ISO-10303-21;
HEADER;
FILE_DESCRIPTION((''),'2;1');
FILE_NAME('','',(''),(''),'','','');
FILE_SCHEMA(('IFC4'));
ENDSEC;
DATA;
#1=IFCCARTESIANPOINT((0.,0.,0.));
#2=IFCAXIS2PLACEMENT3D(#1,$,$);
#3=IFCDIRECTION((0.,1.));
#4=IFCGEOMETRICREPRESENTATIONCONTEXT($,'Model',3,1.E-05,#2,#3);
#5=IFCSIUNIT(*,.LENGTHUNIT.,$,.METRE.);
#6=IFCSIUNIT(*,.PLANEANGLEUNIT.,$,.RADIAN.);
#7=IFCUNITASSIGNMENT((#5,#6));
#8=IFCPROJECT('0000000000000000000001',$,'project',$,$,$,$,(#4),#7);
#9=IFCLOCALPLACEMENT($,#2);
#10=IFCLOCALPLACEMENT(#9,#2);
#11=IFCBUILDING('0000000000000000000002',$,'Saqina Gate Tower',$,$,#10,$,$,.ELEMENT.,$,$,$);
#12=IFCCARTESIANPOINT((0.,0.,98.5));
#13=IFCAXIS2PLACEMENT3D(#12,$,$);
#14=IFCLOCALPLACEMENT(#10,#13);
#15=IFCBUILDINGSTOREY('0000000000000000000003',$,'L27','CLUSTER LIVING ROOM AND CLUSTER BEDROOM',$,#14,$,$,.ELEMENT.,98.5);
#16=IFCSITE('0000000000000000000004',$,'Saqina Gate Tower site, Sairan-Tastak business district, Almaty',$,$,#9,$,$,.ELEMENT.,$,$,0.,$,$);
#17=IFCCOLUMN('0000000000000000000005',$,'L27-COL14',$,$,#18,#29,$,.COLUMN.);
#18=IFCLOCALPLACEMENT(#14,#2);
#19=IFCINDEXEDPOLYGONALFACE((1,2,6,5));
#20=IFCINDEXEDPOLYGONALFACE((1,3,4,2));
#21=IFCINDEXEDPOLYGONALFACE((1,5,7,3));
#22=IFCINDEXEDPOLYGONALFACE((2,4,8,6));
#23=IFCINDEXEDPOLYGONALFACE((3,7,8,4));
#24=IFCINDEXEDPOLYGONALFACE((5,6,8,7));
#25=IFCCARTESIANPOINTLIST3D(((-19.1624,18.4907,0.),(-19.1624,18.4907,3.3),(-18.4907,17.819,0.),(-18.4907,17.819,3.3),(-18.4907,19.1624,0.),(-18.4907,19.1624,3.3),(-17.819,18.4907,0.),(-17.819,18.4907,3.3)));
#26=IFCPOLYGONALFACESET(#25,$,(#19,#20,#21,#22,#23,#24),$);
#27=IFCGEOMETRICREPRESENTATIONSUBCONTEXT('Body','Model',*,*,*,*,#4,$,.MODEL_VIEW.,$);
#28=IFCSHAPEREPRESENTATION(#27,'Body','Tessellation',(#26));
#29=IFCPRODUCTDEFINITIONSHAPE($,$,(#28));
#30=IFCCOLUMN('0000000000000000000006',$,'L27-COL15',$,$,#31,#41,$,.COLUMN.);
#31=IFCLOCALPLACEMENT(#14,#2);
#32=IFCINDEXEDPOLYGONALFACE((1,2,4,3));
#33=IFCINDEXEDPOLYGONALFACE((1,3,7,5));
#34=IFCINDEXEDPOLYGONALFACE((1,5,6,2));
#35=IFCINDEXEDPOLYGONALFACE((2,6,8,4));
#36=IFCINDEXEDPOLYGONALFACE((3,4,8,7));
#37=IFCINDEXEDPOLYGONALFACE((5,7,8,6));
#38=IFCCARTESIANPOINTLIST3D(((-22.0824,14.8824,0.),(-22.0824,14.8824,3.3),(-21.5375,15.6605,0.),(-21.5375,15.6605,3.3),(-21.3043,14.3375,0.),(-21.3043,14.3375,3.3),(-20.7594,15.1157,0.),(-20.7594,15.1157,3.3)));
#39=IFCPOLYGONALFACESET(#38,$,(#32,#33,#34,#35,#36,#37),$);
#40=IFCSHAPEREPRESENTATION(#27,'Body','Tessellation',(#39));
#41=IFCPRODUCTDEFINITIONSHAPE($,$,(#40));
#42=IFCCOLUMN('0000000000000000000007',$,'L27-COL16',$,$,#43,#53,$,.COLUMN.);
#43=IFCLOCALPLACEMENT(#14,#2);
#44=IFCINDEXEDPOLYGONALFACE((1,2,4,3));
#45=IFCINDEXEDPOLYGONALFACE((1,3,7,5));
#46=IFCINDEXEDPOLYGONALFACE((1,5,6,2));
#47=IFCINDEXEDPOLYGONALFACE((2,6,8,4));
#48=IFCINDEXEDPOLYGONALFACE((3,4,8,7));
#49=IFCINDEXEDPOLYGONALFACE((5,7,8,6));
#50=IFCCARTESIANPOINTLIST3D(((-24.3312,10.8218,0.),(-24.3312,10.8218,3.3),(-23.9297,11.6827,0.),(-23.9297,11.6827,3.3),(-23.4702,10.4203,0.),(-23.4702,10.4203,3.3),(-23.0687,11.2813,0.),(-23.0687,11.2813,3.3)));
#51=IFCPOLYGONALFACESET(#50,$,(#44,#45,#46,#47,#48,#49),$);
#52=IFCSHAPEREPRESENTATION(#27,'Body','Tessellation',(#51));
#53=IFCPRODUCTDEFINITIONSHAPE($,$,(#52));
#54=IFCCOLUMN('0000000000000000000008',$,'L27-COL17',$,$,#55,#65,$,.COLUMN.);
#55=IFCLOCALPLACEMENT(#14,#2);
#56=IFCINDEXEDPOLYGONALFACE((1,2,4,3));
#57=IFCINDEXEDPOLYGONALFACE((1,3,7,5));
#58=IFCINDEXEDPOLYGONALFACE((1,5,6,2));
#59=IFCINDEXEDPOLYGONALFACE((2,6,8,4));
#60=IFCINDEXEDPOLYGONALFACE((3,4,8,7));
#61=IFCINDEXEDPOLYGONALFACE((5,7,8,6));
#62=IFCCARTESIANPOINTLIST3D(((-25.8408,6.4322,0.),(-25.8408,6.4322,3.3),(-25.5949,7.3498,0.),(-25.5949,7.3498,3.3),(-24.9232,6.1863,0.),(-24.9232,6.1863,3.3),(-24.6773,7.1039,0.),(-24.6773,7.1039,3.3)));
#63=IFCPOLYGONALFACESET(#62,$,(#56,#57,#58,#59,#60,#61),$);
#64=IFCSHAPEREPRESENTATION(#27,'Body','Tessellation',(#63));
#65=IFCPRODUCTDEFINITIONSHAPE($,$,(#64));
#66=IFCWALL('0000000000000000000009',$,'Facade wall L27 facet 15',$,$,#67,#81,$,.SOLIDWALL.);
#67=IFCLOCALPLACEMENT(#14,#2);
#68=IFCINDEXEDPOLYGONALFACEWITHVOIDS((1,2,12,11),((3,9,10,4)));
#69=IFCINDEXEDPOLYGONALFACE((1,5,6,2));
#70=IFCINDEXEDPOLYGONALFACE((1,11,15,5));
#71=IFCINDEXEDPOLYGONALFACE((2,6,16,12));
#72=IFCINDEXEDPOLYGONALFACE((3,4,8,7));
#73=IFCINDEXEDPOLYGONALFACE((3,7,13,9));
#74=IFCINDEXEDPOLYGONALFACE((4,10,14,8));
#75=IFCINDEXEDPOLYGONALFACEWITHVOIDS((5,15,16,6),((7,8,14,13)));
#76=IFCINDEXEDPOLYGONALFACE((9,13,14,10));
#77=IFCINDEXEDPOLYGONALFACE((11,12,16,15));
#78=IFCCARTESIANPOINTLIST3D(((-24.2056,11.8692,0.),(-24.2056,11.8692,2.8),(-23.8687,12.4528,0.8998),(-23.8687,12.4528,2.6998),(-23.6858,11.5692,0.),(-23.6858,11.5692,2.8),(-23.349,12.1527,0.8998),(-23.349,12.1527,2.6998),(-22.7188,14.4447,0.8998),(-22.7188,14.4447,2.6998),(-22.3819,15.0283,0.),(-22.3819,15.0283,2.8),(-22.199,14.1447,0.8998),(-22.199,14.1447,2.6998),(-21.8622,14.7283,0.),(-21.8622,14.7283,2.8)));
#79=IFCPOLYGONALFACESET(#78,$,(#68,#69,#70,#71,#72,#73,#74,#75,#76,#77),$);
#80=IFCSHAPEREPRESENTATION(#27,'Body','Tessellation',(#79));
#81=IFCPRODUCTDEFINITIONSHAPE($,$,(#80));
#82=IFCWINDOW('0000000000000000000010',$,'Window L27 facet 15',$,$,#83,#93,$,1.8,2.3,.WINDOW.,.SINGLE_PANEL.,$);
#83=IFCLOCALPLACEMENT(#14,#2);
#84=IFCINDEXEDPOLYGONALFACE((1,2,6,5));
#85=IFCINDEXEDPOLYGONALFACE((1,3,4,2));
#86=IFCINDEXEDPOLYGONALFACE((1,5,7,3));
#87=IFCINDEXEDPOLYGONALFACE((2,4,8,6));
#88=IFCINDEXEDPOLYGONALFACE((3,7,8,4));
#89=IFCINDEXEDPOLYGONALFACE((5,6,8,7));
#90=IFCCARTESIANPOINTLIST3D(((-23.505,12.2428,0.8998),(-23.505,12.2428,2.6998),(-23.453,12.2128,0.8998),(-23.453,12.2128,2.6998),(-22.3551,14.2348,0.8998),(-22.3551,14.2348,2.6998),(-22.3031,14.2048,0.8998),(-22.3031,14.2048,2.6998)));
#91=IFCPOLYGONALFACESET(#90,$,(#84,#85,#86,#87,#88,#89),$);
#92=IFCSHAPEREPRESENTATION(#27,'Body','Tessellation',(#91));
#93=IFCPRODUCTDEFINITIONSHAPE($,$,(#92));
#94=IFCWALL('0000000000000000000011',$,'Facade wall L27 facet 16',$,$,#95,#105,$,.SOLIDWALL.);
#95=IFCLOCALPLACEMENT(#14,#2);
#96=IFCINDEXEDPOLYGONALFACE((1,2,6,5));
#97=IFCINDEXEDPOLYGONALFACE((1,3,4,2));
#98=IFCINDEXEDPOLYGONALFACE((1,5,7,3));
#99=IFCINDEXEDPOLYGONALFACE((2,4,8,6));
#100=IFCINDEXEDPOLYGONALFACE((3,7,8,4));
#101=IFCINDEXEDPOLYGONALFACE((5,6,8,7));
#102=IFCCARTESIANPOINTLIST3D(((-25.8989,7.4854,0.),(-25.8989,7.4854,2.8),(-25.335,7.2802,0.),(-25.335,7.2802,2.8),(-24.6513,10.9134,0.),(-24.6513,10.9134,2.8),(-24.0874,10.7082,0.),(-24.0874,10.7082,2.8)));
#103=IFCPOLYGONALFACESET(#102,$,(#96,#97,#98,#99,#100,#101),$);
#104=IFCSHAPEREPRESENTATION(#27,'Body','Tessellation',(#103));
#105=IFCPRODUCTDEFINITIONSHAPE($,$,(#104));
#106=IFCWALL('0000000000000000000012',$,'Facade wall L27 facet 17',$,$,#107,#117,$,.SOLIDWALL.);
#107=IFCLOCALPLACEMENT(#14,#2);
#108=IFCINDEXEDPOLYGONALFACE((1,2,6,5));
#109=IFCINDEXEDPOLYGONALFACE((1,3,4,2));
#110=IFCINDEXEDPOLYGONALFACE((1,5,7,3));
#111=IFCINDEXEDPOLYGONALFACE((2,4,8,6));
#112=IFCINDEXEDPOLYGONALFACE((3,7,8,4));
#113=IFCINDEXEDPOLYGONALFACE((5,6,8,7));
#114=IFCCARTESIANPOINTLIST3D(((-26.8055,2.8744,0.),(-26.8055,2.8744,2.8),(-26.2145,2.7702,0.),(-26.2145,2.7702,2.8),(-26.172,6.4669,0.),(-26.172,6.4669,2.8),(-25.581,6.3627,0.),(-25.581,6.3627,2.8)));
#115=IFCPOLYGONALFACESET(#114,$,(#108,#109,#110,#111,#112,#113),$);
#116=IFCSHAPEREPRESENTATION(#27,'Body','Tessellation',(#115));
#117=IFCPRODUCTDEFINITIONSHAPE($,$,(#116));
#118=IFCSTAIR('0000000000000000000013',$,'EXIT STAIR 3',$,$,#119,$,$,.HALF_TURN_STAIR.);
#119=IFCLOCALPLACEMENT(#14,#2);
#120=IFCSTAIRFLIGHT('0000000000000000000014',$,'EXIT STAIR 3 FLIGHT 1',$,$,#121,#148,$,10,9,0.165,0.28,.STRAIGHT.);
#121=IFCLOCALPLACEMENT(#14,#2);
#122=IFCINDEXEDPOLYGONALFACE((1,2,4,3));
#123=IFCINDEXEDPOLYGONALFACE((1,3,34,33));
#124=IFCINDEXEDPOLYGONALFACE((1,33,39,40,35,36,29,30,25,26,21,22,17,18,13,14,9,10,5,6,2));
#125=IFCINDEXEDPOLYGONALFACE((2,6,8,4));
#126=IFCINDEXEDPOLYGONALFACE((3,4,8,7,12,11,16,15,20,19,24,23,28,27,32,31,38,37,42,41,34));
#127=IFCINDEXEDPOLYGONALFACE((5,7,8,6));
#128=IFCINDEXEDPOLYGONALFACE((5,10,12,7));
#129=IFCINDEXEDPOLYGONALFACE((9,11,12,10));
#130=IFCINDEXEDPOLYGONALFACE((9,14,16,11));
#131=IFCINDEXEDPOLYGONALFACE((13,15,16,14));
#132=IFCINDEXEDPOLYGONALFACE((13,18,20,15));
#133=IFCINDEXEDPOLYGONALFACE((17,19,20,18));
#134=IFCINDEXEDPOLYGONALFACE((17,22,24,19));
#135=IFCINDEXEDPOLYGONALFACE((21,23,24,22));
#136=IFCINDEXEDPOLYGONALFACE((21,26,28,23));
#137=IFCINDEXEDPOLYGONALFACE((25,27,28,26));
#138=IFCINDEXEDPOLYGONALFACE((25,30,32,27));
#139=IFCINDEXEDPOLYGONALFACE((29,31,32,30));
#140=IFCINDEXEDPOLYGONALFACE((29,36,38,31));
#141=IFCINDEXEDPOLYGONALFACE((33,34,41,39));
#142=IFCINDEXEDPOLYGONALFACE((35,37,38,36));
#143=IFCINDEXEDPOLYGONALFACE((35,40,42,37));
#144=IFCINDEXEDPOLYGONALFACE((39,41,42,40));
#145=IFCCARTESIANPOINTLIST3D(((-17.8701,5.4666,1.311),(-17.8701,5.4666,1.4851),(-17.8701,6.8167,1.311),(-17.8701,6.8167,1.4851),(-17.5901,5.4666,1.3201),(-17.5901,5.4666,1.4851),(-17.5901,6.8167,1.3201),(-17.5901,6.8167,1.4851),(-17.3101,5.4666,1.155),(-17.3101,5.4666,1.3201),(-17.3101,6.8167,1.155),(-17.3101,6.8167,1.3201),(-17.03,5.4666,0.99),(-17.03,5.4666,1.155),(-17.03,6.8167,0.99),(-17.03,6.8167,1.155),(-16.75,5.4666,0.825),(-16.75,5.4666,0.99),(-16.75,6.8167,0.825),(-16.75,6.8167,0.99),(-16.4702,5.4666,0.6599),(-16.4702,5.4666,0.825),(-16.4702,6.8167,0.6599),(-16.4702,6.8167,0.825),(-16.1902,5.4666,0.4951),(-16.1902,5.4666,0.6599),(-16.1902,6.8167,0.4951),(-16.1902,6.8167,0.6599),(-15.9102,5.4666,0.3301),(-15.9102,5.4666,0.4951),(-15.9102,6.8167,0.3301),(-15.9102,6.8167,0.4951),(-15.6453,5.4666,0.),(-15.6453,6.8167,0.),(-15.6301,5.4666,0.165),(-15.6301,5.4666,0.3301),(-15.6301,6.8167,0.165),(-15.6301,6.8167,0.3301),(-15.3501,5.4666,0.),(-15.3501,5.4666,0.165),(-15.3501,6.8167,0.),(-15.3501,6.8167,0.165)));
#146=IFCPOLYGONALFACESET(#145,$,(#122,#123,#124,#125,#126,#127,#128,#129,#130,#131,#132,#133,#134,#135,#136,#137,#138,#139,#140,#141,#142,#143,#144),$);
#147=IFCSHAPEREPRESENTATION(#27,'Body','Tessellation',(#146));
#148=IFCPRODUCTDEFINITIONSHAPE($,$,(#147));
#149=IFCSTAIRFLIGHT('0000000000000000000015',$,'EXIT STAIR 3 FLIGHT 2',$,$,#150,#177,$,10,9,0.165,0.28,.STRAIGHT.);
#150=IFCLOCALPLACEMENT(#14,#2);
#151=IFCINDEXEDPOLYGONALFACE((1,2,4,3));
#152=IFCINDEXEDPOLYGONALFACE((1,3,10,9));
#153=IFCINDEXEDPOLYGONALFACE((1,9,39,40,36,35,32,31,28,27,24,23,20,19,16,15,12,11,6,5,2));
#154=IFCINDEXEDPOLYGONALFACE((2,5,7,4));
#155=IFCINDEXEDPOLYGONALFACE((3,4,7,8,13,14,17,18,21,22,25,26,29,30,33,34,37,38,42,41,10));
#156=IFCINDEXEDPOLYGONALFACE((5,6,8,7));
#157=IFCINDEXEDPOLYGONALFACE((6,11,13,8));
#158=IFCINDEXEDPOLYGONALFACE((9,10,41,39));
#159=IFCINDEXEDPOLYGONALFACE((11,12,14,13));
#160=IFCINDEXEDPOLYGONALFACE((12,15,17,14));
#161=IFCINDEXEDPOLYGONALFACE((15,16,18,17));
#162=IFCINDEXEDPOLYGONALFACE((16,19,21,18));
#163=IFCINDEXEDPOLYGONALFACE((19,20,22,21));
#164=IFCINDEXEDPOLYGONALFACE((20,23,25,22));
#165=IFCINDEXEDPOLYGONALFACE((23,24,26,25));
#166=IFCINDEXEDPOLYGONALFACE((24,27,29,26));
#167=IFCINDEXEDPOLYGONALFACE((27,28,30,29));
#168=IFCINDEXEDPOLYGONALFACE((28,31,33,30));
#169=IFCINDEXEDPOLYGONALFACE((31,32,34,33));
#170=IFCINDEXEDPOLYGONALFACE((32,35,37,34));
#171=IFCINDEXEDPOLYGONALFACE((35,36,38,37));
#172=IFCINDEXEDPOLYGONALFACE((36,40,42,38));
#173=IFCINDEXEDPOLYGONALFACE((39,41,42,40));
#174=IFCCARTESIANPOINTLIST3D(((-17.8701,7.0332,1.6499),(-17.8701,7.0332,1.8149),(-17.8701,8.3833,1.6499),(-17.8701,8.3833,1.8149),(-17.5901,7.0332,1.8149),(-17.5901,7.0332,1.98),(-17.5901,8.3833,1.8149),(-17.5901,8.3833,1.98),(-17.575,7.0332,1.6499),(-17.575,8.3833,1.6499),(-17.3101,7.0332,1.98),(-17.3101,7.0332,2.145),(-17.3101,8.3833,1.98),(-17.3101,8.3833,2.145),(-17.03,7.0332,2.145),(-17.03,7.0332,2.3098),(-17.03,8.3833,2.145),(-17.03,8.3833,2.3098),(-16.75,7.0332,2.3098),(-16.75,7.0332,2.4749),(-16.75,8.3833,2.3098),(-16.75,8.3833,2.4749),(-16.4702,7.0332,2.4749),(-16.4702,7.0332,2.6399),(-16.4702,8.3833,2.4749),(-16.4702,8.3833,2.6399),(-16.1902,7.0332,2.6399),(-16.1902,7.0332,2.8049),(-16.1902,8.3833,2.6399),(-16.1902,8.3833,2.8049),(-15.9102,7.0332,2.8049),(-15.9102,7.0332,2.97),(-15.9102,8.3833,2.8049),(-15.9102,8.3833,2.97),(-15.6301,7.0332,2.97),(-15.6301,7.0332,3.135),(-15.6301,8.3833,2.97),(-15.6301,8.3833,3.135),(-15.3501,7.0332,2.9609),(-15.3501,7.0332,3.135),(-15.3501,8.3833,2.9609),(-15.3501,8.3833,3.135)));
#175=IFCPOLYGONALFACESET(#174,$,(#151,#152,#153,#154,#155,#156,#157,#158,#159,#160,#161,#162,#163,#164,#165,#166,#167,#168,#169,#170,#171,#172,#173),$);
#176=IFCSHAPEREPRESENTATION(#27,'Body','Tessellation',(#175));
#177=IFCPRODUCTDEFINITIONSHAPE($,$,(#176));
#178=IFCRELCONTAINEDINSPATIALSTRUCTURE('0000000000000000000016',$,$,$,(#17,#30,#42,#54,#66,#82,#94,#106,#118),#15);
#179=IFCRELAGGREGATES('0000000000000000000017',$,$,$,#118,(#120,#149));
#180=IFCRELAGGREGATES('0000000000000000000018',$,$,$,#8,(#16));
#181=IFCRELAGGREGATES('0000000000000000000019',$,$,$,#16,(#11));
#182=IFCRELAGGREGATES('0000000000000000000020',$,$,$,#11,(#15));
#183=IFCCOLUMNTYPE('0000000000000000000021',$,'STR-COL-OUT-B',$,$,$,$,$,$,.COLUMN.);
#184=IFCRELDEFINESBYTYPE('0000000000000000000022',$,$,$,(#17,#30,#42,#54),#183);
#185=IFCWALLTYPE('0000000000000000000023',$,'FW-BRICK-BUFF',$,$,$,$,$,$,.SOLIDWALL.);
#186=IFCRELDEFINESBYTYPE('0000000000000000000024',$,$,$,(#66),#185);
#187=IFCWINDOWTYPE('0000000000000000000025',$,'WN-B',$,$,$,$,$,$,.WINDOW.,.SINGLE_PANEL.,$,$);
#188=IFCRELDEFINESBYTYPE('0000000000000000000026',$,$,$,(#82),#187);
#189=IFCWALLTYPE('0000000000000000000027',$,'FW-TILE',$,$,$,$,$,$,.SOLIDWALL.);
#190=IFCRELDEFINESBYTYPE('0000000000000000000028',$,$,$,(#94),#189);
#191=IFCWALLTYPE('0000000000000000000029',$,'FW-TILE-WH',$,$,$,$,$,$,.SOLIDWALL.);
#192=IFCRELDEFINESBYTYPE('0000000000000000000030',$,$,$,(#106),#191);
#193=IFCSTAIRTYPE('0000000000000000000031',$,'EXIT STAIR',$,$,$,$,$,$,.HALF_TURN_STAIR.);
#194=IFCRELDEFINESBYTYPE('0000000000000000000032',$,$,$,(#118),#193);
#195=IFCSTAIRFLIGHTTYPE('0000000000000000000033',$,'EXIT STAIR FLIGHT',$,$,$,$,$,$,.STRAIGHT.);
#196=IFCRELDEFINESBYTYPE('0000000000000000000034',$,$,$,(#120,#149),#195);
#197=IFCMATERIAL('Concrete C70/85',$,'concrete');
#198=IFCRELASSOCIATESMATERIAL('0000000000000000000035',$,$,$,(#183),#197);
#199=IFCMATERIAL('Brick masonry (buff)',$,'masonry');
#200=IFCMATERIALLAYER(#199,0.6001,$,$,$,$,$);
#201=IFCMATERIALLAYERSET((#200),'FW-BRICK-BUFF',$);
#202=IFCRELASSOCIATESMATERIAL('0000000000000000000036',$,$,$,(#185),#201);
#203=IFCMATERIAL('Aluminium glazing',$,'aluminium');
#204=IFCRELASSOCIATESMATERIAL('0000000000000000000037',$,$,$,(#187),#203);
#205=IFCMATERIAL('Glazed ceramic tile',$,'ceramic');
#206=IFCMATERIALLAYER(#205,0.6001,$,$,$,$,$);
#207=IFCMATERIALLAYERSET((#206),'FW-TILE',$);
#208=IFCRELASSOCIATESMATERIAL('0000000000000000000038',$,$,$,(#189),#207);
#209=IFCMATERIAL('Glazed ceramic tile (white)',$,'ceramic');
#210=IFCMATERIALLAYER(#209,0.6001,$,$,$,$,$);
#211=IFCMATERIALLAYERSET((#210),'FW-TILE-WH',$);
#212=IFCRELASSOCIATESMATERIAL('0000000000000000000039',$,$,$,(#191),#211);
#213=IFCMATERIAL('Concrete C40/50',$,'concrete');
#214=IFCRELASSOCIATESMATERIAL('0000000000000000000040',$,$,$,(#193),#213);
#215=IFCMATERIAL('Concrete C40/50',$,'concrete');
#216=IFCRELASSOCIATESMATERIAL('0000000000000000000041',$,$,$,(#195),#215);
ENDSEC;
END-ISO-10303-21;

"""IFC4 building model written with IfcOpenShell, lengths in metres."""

from ifc_helpers import new_model, si_unit, direction, frame, frame_2d, origin, origin_2d, place, context, subcontext, project, spatial, polyline, rectangle, outline, extrude, material, layer, layer_set, material_profile, profile_set, type_object, element, fill, aggregate, save


model = new_model("IFC4")

# Units and contexts
model_context = context("Model", 3, precision=1e-05, world=origin(), true_north=direction((0.0, 1.0)))
body_context = subcontext(model_context, "Body", "Model", "MODEL_VIEW")
ifc_project = project(units=[si_unit("LENGTHUNIT", "METRE"), si_unit("PLANEANGLEUNIT", "RADIAN")], contexts=[model_context])

# Site, building, storey
site_placement = place(None, origin())
site = spatial("IfcSite", under=ifc_project, at=site_placement, Name="Saqina Gate Tower site, Sairan-Tastak business district, Almaty", CompositionType="ELEMENT", RefElevation=0.0)
building_placement = place(site_placement, origin())
building = spatial("IfcBuilding", under=site, at=building_placement, Name="Saqina Gate Tower", CompositionType="ELEMENT")
storey_placement = place(building_placement, frame((0.0, 0.0, 98.5)))
storey = spatial("IfcBuildingStorey", under=building, at=storey_placement, Name="L27", Description="CLUSTER LIVING ROOM AND CLUSTER BEDROOM", CompositionType="ELEMENT", Elevation=98.5)

# Columns
ifc_material_1 = material(Name="Concrete C70/85", Category="concrete")
ifc_material_profile = material_profile(ifc_material_1, rectangle(XDim=0.95, YDim=0.95, at=origin_2d()), Name="RC 950x950")
ifc_profile_set = profile_set([ifc_material_profile], Name="Concrete C70/85")
column_type = type_object("IfcColumnType", Name="STR-COL-OUT-B", PredefinedType="COLUMN", material=ifc_profile_set)
for number, where, z_axis, x_axis, name in (
    (1, (-18.4907, 18.4907, 0.0), (0.0, 0.0, 1.0), (-0.707107, 0.707107, 0.0), "L27-COL14"),
    (2, (-21.4209, 14.999, 0.0), (0.0, 0.0, 1.0), (-0.819152, 0.573576, 0.0), "L27-COL15"),
    (3, (-23.7, 11.0515, 0.0), (0.0, 0.0, 1.0), (-0.906308, 0.422618, 0.0), "L27-COL16"),
    (4, (-25.259, 6.7681, 0.0), (0.0, 0.0, 1.0), (-0.965926, 0.258819, 0.0), "L27-COL17"),
):
    element("IfcColumn", number, at=place(storey_placement, frame(where, z_axis=z_axis, x_axis=x_axis)), inside=storey, type_object=column_type, Name=name, PredefinedType="COLUMN", context=body_context, shape_type="SweptSolid", body=[
        extrude(rectangle(XDim=0.95, YDim=0.95, at=origin_2d()), origin(), (0.0, 0.0, 1.0), 3.3),
    ])

# Wall, opening, window
ifc_material_2 = material(Name="Brick masonry (buff)", Category="masonry")
ifc_layer_1 = layer(ifc_material_2, 0.6001)
ifc_layer_set_1 = layer_set([ifc_layer_1], Name="FW-BRICK-BUFF")
wall_type_1 = type_object("IfcWallType", Name="FW-BRICK-BUFF", PredefinedType="SOLIDWALL", material=ifc_layer_set_1)
wall_1_placement = place(storey_placement, frame((-22.1221, 14.8782, 0.0), z_axis=(0.0, 0.0, 1.0), x_axis=(-0.499954, -0.866052, 0.0)))
wall_1 = element("IfcWall", 5, at=wall_1_placement, inside=storey, type_object=wall_type_1, Name="Facade wall L27 facet 15", PredefinedType="SOLIDWALL", context=body_context, shape_type="SweptSolid", body=[
    extrude(rectangle(XDim=3.6477, YDim=0.6001, at=frame_2d((1.8237, 0.0))), origin(), (0.0, 0.0, 1.0), 2.8),
])
opening_placement = place(wall_1_placement, frame((0.6738, 0.0, 0.8999)))
opening = element("IfcOpeningElement", 6, at=opening_placement, cuts=wall_1, PredefinedType="OPENING", context=body_context, shape_type="SweptSolid", body=[
    extrude(rectangle(XDim=2.3, YDim=1.8, at=frame_2d((1.1499, 0.8999))), frame((0.0, 0.312, 0.0), z_axis=(0.0, -1.0, 0.0), x_axis=(1.0, 0.0, 0.0)), (0.0, 0.0, 1.0), 0.624),
])
ifc_material_3 = material(Name="Aluminium glazing", Category="aluminium")
window_type = type_object("IfcWindowType", Name="WN-B", PartitioningType="SINGLE_PANEL", PredefinedType="WINDOW", material=ifc_material_3)
window_placement = place(opening_placement, origin())
window = element("IfcWindow", 7, at=window_placement, inside=storey, type_object=window_type, Name="Window L27 facet 15", OverallHeight=1.8, OverallWidth=2.3, PartitioningType="SINGLE_PANEL", PredefinedType="WINDOW", context=body_context, shape_type="SweptSolid", body=[
    extrude(rectangle(XDim=2.3, YDim=1.8, at=frame_2d((1.1499, 0.8999))), frame((0.0, 0.1799, 0.0), z_axis=(0.0, -1.0, 0.0), x_axis=(1.0, 0.0, 0.0)), (0.0, 0.0, 1.0), 0.0601),
])
fill(opening, window)

# Walls
ifc_material_4 = material(Name="Glazed ceramic tile", Category="ceramic")
ifc_layer_2 = layer(ifc_material_4, 0.6001)
ifc_layer_set_2 = layer_set([ifc_layer_2], Name="FW-TILE")
wall_type_2 = type_object("IfcWallType", Name="FW-TILE", PredefinedType="SOLIDWALL", material=ifc_layer_set_2)
wall_2_placement = place(storey_placement, frame((-24.3694, 10.8108, 0.0), z_axis=(0.0, 0.0, 1.0), x_axis=(-0.34199, -0.939704, 0.0)))
element("IfcWall", 8, at=wall_2_placement, inside=storey, type_object=wall_type_2, Name="Facade wall L27 facet 16", PredefinedType="SOLIDWALL", context=body_context, shape_type="SweptSolid", body=[
    extrude(rectangle(XDim=3.6479, YDim=0.6001, at=frame_2d((1.824, 0.0))), origin(), (0.0, 0.0, 1.0), 2.8),
])
ifc_material_5 = material(Name="Glazed ceramic tile (white)", Category="ceramic")
ifc_layer_3 = layer(ifc_material_5, 0.6001)
ifc_layer_set_3 = layer_set([ifc_layer_3], Name="FW-TILE-WH")
wall_type_3 = type_object("IfcWallType", Name="FW-TILE-WH", PredefinedType="SOLIDWALL", material=ifc_layer_set_3)
wall_3_placement = place(storey_placement, frame((-25.8765, 6.4148, 0.0), z_axis=(0.0, 0.0, 1.0), x_axis=(-0.173671, -0.984804, 0.0)))
element("IfcWall", 9, at=wall_3_placement, inside=storey, type_object=wall_type_3, Name="Facade wall L27 facet 17", PredefinedType="SOLIDWALL", context=body_context, shape_type="SweptSolid", body=[
    extrude(rectangle(XDim=3.6479, YDim=0.6001, at=frame_2d((1.824, 0.0))), origin(), (0.0, 0.0, 1.0), 2.8),
])

# Stair, stair flights
ifc_material_6 = material(Name="Concrete C40/50", Category="concrete")
stair_type = type_object("IfcStairType", Name="EXIT STAIR", PredefinedType="HALF_TURN_STAIR", material=ifc_material_6)
stair_placement = place(storey_placement, origin())
stair = element("IfcStair", 10, at=stair_placement, inside=storey, type_object=stair_type, Name="EXIT STAIR 3", PredefinedType="HALF_TURN_STAIR")
ifc_material_7 = material(Name="Concrete C40/50", Category="concrete")
stair_flight_type = type_object("IfcStairFlightType", Name="EXIT STAIR FLIGHT", PredefinedType="STRAIGHT", material=ifc_material_7)
stair_flight_1_placement = place(storey_placement, frame((-15.3501, 6.1416, 0.0), z_axis=(0.0, 0.0, 1.0), x_axis=(-1.0, 0.0, 0.0)))
stair_flight_1 = element("IfcStairFlight", 11, at=stair_flight_1_placement, type_object=stair_flight_type, Name="EXIT STAIR 3 FLIGHT 1", NumberOfRisers=10, NumberOfTreads=9, PredefinedType="STRAIGHT", RiserHeight=0.165, TreadLength=0.28, context=body_context, shape_type="SweptSolid", body=[
    extrude(outline(polyline([(0.0, 0.0), (0.0, 0.165), (0.28, 0.165), (0.28, 0.3301), (0.5601, 0.3301), (0.5601, 0.4951), (0.8401, 0.4951), (0.8401, 0.6599), (1.1201, 0.6599), (1.1201, 0.825), (1.3999, 0.825), (1.3999, 0.99), (1.6799, 0.99), (1.6799, 1.155), (1.96, 1.155), (1.96, 1.3201), (2.24, 1.3201), (2.24, 1.4851), (2.52, 1.4851), (2.52, 1.6499), (2.52, 1.311), (0.2952, 0.0), (0.0, 0.0)])), frame((0.0, 0.675, 0.0), z_axis=(0.0, -1.0, 0.0), x_axis=(1.0, 0.0, 0.0)), (0.0, 0.0, 1.0), 1.3501),
])
stair_flight_2_placement = place(storey_placement, frame((-17.8701, 7.7083, 1.6499), z_axis=(0.0, 0.0, 1.0), x_axis=(1.0, 0.0, 0.0)))
stair_flight_2 = element("IfcStairFlight", 12, at=stair_flight_2_placement, type_object=stair_flight_type, Name="EXIT STAIR 3 FLIGHT 2", NumberOfRisers=10, NumberOfTreads=9, PredefinedType="STRAIGHT", RiserHeight=0.165, TreadLength=0.28, context=body_context, shape_type="SweptSolid", body=[
    extrude(outline(polyline([(0.0, 0.0), (0.0, 0.165), (0.28, 0.165), (0.28, 0.3301), (0.5601, 0.3301), (0.5601, 0.4951), (0.8401, 0.4951), (0.8401, 0.6599), (1.1201, 0.6599), (1.1201, 0.825), (1.3999, 0.825), (1.3999, 0.99), (1.6799, 0.99), (1.6799, 1.155), (1.96, 1.155), (1.96, 1.3201), (2.24, 1.3201), (2.24, 1.4851), (2.52, 1.4851), (2.52, 1.6499), (2.52, 1.311), (0.2952, 0.0), (0.0, 0.0)])), frame((0.0, 0.675, 0.0), z_axis=(0.0, -1.0, 0.0), x_axis=(1.0, 0.0, 0.0)), (0.0, 0.0, 1.0), 1.3501),
])
aggregate(stair, [stair_flight_1, stair_flight_2])

save(model, "model.ifc")
